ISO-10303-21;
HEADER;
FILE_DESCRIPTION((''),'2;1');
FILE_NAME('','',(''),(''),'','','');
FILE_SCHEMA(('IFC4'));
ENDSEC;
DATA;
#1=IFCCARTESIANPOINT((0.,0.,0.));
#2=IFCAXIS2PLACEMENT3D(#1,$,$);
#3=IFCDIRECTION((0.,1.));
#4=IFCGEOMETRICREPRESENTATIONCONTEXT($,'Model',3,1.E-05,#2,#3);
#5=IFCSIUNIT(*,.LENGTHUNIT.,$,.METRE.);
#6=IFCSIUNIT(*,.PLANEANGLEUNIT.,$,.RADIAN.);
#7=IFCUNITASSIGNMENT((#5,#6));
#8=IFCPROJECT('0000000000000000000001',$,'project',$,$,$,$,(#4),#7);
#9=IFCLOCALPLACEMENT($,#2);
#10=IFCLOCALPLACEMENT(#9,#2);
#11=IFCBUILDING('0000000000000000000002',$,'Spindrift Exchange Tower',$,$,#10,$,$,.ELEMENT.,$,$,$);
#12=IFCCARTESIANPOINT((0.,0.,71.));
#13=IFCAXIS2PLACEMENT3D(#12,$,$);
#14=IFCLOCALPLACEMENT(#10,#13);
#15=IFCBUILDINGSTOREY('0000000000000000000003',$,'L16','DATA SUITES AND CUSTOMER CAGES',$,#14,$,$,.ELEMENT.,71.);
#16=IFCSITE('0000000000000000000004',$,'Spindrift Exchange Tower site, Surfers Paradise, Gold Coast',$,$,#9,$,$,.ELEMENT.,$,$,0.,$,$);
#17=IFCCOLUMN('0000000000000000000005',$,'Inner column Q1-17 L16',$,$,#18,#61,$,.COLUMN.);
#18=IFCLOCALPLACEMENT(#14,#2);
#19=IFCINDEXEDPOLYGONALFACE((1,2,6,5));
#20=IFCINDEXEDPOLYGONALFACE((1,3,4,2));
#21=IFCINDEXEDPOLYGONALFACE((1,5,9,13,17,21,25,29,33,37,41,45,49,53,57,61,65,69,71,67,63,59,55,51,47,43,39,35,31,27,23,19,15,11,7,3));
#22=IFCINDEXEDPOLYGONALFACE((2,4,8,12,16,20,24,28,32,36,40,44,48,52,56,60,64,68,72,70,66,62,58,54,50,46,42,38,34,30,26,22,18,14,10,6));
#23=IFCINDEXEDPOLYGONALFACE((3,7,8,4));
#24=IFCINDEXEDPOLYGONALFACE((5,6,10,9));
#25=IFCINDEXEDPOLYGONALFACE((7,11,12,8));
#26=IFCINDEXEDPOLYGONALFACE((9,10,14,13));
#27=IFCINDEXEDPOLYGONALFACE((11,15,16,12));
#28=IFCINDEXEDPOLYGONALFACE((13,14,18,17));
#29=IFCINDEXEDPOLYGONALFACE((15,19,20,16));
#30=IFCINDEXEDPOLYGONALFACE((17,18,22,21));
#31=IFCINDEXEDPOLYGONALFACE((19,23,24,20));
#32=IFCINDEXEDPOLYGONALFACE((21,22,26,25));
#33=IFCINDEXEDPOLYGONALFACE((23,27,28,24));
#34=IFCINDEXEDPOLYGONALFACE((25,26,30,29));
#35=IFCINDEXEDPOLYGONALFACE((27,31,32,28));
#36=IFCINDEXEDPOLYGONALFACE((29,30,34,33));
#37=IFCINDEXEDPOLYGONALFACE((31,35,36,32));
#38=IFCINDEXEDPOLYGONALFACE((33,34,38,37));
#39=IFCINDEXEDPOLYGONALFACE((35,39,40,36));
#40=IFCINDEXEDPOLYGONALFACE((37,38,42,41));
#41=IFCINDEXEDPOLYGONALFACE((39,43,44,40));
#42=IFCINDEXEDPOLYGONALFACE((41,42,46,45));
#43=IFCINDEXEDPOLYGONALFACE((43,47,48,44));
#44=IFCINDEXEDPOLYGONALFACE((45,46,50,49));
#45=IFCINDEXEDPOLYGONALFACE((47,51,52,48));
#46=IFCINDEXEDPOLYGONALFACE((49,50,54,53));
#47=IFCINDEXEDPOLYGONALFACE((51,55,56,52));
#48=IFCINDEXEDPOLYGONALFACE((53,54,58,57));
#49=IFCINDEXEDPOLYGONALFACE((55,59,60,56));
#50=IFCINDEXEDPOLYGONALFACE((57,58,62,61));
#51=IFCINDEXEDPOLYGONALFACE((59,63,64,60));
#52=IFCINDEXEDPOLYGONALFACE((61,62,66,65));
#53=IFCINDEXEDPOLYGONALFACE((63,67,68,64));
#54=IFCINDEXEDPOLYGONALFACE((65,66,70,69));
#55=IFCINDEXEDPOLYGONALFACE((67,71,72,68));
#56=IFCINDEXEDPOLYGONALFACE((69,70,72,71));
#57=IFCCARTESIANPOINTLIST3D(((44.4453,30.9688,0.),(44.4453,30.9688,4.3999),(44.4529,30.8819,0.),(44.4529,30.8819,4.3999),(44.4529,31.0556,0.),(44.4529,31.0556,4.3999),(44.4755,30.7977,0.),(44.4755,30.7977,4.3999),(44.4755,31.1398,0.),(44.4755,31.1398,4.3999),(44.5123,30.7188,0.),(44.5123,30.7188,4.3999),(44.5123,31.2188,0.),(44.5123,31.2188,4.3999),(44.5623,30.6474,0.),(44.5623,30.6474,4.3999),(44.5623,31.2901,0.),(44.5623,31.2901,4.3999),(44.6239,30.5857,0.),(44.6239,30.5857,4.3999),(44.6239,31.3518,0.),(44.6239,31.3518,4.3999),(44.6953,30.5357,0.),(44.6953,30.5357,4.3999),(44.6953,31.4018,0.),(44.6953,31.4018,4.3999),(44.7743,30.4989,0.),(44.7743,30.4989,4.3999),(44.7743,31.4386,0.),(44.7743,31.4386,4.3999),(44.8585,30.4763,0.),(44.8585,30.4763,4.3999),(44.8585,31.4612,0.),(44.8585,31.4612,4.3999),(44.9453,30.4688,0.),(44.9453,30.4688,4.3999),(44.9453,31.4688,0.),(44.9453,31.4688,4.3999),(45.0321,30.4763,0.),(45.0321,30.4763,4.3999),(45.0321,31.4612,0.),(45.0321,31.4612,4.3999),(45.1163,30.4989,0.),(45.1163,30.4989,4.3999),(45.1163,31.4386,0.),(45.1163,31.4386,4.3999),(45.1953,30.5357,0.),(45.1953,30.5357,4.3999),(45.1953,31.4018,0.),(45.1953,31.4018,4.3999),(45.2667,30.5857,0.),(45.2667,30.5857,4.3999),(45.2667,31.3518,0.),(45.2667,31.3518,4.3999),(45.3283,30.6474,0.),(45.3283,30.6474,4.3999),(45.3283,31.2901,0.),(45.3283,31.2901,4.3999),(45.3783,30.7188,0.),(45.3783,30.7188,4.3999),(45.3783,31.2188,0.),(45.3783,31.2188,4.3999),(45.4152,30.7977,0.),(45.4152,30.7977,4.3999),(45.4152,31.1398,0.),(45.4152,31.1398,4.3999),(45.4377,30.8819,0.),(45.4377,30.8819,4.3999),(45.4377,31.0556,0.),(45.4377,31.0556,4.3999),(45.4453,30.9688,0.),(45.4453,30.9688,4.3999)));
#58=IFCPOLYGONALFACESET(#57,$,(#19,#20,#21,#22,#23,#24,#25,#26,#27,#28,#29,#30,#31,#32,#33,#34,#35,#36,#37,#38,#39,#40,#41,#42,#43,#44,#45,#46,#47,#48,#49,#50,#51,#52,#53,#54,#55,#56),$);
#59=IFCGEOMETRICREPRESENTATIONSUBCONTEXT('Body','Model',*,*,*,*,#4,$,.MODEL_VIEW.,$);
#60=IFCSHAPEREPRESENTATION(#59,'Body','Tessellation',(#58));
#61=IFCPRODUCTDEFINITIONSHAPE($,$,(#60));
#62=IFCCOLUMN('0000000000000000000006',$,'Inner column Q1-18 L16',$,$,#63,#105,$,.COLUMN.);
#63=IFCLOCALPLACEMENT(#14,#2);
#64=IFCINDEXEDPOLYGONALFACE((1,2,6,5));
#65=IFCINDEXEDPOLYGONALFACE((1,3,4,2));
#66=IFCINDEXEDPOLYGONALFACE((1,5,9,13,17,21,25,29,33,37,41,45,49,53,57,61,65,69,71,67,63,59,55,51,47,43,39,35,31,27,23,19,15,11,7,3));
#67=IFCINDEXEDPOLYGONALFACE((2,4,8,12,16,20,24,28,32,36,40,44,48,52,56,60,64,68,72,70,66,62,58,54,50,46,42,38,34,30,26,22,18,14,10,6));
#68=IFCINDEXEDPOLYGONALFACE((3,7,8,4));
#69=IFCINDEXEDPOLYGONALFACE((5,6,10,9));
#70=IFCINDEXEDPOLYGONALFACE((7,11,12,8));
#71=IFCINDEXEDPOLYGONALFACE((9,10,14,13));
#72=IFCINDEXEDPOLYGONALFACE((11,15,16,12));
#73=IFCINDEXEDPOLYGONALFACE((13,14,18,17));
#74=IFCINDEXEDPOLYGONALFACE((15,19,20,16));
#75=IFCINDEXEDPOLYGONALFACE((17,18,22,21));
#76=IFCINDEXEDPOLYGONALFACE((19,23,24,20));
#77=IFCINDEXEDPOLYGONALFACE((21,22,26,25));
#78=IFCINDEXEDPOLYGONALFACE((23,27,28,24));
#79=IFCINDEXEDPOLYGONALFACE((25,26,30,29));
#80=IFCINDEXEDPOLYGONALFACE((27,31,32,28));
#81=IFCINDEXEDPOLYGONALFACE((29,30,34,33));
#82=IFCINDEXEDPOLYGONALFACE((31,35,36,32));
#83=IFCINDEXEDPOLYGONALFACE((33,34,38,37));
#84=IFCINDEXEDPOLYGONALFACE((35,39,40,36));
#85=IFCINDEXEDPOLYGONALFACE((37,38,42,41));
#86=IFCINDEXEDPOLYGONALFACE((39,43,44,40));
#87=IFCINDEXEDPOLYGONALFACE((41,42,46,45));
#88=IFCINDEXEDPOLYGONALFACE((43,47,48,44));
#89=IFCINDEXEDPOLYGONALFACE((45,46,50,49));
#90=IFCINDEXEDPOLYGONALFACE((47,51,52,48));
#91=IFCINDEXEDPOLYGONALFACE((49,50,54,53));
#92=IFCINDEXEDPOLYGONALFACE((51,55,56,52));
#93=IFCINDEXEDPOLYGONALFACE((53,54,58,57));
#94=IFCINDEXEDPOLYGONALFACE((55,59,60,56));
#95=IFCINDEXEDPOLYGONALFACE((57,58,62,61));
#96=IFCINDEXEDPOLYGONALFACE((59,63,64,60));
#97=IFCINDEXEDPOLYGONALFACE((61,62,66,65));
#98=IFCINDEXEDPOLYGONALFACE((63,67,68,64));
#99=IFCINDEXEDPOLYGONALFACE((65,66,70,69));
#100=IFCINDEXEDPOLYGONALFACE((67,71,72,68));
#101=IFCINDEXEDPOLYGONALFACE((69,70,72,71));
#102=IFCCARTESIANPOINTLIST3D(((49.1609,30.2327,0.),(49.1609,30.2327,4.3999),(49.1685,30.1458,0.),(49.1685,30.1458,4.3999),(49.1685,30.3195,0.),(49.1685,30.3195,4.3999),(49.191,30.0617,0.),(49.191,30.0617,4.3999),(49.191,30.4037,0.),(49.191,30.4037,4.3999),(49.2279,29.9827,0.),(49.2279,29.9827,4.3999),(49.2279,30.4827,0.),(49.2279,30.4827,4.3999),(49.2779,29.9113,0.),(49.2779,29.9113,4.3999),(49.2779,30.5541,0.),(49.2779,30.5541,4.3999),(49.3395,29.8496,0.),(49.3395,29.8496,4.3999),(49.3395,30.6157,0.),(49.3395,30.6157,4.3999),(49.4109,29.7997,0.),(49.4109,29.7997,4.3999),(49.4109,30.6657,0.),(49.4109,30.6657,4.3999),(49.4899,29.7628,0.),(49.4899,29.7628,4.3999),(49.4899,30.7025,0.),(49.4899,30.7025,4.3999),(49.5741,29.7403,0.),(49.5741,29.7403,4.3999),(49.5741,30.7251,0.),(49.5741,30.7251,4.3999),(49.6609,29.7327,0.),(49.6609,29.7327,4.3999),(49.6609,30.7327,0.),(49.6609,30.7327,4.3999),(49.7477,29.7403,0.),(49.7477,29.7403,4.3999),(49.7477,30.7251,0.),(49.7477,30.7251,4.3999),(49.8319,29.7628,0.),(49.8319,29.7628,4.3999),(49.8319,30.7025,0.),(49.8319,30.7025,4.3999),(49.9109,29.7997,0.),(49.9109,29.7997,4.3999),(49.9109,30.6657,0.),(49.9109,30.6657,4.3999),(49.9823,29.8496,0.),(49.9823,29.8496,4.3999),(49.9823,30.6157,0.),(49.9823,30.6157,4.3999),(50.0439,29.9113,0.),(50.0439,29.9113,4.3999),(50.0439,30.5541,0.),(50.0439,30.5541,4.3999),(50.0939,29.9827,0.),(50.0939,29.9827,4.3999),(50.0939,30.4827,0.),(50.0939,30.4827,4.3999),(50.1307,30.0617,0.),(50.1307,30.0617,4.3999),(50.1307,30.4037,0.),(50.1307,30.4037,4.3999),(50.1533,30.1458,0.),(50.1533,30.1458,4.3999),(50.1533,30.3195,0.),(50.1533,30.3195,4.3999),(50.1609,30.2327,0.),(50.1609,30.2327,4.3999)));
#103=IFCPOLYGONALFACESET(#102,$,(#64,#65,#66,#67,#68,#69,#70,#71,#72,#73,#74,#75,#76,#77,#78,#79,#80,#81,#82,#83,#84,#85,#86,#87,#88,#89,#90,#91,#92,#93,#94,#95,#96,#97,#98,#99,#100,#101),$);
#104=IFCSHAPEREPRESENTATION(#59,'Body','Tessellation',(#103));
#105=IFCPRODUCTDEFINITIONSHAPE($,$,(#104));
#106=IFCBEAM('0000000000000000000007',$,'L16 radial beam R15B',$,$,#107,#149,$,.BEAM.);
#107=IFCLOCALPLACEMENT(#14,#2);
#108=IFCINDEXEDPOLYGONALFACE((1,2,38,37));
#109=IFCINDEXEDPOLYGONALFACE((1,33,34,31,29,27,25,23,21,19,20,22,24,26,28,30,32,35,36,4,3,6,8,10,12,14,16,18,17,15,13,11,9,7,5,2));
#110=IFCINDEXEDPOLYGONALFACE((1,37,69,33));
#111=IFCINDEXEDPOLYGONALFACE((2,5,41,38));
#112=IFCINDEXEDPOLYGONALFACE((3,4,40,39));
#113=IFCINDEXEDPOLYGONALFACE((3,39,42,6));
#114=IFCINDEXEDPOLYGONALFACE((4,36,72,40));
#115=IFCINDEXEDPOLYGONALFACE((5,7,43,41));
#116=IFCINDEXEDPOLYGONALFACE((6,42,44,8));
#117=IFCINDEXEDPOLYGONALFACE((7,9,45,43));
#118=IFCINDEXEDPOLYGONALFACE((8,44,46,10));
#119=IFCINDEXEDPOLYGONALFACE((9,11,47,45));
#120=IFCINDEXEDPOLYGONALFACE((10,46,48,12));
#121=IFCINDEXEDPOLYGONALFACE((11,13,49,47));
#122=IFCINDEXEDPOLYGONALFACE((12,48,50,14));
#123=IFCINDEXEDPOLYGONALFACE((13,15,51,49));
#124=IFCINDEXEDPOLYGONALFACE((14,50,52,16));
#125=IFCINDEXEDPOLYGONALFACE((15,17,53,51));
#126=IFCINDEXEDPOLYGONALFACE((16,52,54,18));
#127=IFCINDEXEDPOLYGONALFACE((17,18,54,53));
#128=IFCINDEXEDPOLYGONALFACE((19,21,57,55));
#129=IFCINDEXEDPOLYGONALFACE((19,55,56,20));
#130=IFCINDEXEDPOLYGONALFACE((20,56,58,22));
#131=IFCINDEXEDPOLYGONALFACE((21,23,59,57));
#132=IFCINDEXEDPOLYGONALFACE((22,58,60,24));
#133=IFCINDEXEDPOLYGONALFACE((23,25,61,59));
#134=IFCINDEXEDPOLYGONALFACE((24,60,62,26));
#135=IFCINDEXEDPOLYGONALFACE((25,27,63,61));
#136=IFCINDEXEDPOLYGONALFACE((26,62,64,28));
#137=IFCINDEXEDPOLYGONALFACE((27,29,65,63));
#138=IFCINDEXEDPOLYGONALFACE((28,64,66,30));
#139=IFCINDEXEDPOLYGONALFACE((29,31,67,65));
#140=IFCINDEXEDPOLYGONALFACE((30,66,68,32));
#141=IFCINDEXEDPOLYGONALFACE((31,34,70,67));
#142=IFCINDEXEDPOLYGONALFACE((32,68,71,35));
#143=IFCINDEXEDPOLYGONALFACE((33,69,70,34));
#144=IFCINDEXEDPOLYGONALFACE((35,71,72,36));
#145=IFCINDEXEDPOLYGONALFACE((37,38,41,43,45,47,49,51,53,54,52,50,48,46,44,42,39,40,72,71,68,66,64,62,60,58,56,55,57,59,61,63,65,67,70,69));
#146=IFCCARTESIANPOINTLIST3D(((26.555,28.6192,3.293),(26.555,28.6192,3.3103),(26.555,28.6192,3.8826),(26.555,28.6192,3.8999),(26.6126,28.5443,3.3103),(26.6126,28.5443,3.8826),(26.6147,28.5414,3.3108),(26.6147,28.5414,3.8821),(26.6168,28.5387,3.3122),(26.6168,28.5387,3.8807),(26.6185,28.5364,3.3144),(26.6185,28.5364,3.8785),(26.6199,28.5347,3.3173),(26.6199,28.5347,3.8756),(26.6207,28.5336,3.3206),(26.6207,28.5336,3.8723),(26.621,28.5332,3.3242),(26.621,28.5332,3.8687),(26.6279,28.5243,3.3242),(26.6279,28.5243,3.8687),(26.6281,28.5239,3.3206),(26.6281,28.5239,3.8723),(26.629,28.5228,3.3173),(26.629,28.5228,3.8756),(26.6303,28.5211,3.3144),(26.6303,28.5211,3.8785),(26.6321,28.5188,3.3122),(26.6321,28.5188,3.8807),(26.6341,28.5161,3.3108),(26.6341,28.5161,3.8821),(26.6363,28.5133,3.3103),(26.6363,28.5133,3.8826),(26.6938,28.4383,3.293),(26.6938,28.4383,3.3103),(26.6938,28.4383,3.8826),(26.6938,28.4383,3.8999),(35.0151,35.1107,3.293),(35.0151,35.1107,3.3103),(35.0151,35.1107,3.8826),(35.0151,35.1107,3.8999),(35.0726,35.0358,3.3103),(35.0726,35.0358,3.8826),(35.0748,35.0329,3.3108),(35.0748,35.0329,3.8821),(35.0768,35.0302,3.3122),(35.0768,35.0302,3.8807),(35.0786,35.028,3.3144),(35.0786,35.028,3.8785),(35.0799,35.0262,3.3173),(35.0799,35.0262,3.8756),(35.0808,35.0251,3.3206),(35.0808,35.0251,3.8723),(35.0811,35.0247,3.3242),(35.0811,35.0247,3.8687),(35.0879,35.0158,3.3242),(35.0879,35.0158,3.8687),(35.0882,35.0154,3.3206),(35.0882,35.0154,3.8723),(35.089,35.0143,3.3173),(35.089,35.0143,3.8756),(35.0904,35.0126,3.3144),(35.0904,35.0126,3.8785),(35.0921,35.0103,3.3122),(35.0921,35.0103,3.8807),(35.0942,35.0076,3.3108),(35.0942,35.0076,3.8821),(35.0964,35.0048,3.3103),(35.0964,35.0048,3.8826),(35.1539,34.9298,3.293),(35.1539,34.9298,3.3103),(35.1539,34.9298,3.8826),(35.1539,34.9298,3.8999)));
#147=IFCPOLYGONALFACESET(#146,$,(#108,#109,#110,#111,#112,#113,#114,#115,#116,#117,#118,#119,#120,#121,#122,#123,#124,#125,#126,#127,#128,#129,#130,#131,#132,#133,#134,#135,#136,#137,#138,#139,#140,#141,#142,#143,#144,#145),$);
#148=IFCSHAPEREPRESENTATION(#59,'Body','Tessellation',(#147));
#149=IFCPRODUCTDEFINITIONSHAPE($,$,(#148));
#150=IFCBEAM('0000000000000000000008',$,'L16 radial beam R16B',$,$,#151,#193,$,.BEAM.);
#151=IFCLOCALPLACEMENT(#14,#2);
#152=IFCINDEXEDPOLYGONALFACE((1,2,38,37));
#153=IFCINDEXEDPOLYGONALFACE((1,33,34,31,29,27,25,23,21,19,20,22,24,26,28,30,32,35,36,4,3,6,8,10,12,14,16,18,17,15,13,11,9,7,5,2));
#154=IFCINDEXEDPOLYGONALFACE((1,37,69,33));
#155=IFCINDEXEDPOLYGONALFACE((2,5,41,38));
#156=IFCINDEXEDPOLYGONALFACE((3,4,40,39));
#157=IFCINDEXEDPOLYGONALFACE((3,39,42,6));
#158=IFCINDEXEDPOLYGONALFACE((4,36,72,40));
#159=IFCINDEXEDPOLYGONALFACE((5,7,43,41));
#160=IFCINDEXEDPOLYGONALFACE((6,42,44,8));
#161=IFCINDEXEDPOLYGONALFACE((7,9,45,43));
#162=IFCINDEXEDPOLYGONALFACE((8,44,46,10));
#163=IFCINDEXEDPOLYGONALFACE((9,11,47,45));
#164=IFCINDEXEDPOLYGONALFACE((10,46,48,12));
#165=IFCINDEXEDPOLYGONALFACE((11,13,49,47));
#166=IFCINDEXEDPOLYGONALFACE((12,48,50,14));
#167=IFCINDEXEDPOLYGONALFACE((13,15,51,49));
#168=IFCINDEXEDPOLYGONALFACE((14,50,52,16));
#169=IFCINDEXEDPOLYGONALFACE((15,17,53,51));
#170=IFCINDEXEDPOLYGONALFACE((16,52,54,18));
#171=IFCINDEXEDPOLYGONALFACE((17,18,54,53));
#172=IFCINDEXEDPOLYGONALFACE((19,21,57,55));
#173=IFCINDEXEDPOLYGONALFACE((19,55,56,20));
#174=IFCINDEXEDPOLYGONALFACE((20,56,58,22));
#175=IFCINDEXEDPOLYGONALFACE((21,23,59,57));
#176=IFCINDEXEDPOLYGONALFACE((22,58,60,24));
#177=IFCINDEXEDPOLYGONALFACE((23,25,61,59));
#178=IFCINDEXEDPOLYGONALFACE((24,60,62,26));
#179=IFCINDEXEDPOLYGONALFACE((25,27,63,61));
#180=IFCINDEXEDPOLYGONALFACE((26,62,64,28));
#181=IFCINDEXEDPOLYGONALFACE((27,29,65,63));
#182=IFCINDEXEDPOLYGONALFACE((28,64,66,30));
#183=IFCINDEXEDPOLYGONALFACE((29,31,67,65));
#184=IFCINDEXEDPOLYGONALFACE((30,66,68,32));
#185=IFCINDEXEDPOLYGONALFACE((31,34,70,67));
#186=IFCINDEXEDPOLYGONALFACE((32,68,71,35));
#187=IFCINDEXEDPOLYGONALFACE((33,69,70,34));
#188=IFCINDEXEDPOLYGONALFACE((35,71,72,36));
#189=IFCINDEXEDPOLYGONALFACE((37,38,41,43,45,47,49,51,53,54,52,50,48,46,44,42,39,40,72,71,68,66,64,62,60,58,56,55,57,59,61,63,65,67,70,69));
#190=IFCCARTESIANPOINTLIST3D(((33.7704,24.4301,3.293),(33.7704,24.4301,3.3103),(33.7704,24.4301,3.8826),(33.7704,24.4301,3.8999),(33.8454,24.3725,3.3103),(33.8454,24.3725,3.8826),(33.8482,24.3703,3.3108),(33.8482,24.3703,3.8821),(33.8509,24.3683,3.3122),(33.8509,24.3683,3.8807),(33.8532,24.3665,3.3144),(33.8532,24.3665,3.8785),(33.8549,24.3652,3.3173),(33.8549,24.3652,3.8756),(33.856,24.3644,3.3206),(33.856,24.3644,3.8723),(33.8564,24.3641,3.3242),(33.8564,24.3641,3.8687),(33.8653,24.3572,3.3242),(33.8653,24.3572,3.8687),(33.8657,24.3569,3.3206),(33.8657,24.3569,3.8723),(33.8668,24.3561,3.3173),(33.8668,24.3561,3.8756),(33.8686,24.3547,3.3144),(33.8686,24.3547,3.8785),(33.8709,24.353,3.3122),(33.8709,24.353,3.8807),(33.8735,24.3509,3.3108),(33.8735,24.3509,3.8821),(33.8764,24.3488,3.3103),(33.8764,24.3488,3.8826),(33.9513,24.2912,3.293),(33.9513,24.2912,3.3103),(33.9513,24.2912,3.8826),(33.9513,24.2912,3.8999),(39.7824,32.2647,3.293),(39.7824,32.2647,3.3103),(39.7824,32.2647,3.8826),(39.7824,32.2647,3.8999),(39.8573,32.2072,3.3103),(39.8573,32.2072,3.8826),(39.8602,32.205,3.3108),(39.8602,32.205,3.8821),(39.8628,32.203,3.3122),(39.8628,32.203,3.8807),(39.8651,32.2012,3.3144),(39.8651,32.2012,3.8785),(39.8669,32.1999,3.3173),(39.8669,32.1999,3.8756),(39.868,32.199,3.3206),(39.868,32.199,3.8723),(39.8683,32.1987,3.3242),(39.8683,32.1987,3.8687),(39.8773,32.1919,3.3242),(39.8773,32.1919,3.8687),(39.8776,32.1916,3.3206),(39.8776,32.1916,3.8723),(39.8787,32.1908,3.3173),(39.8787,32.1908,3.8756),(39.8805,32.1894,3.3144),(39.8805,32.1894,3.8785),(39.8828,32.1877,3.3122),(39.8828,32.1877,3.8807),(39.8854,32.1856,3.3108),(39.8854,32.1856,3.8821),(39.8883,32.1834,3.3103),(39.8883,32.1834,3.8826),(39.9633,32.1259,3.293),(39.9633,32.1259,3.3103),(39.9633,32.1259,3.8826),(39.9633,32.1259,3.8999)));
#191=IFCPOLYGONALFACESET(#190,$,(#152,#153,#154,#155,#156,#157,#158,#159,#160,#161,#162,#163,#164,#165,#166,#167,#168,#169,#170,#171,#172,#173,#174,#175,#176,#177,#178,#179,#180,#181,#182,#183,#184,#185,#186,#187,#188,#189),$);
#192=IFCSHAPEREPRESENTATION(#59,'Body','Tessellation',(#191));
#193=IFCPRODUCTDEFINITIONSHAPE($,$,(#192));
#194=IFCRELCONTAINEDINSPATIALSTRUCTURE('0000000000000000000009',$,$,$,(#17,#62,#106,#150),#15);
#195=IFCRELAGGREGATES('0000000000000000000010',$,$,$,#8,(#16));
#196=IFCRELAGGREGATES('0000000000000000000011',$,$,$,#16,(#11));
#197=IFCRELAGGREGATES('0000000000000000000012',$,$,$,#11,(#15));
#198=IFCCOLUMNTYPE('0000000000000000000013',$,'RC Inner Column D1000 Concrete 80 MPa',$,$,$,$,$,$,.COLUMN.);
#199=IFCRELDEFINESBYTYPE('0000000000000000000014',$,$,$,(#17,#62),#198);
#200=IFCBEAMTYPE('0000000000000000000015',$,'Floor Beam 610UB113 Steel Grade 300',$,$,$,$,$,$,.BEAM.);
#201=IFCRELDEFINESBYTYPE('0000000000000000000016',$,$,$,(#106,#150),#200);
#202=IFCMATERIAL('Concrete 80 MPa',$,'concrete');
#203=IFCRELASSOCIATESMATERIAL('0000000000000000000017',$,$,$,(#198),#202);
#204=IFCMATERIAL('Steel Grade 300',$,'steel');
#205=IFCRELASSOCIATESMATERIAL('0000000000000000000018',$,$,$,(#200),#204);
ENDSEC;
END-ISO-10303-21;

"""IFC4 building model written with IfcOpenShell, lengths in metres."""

from ifc_helpers import new_model, si_unit, direction, frame, origin, origin_2d, place, context, subcontext, project, spatial, circle, i_section, extrude, source, transform, mapped, material, material_profile, profile_set, type_object, element, save


model = new_model("IFC4")

# Units and contexts
model_context = context("Model", 3, precision=1e-05, world=origin(), true_north=direction((0.0, 1.0)))
body_context = subcontext(model_context, "Body", "Model", "MODEL_VIEW")
ifc_project = project(units=[si_unit("LENGTHUNIT", "METRE"), si_unit("PLANEANGLEUNIT", "RADIAN")], contexts=[model_context])

# Site, building, storey
site_placement = place(None, origin())
site = spatial("IfcSite", under=ifc_project, at=site_placement, Name="Spindrift Exchange Tower site, Surfers Paradise, Gold Coast", CompositionType="ELEMENT", RefElevation=0.0)
building_placement = place(site_placement, origin())
building = spatial("IfcBuilding", under=site, at=building_placement, Name="Spindrift Exchange Tower", CompositionType="ELEMENT")
storey_placement = place(building_placement, frame((0.0, 0.0, 71.0)))
storey = spatial("IfcBuildingStorey", under=building, at=storey_placement, Name="L16", Description="DATA SUITES AND CUSTOMER CAGES", CompositionType="ELEMENT", Elevation=71.0)

# Columns
ifc_material_1 = material(Name="Concrete 80 MPa", Category="concrete")
ifc_material_profile_1 = material_profile(ifc_material_1, circle(Radius=0.5, at=origin_2d()), Name="RC D1000")
ifc_profile_set_1 = profile_set([ifc_material_profile_1], Name="Concrete 80 MPa")
column_type_1 = type_object("IfcColumnType", Name="RC Inner Column D1000 Concrete 80 MPa", PredefinedType="COLUMN", material=ifc_profile_set_1)
shared_shape_1 = source(origin(), body_context, "Body", "SweptSolid", [
    extrude(circle(Radius=0.5, at=origin_2d()), origin(), (0.0, 0.0, 1.0), 4.3999),
])
for number, where, z_axis, x_axis, name in (
    (1, (44.9453, 30.9688, 0.0), (0.0, 0.0, 1.0), (1.0, 0.0, 0.0), "Inner column Q1-17 L16"),
    (2, (49.6609, 30.2327, 0.0), (0.0, 0.0, 1.0), (1.0, 0.0, 0.0), "Inner column Q1-18 L16"),
):
    element("IfcColumn", number, at=place(storey_placement, frame(where, z_axis=z_axis, x_axis=x_axis)), inside=storey, type_object=column_type_1, Name=name, PredefinedType="COLUMN", context=body_context, shape_type="MappedRepresentation", body=[
        mapped(shared_shape_1, transform((0.0, 0.0, 0.0), scale=1.0)),
    ])

# Beams
ifc_material_2 = material(Name="Steel Grade 300", Category="steel")
ifc_material_profile_2 = material_profile(ifc_material_2, i_section(OverallWidth=0.228, OverallDepth=0.6069, WebThickness=0.0112, FlangeThickness=0.0173, FilletRadius=0.0139, at=origin_2d()), Name="610UB113")
ifc_profile_set_2 = profile_set([ifc_material_profile_2], Name="Steel Grade 300")
beam_type_1 = type_object("IfcBeamType", Name="Floor Beam 610UB113 Steel Grade 300", PredefinedType="BEAM", material=ifc_profile_set_2)
shared_shape_2 = source(origin(), body_context, "Body", "SweptSolid", [
    extrude(i_section(OverallWidth=0.228, OverallDepth=0.6069, WebThickness=0.0112, FlangeThickness=0.0173, FilletRadius=0.0139, at=origin_2d()), origin(), (0.0, 0.0, 1.0), 10.6636),
])
beam_1_placement = place(storey_placement, frame((35.0845, 35.0203, 3.5964), z_axis=(-0.793358, -0.608755, 0.0), x_axis=(0.608755, -0.793358, 0.0)))
element("IfcBeam", 3, at=beam_1_placement, inside=storey, type_object=beam_type_1, Name="L16 radial beam R15B", PredefinedType="BEAM", context=body_context, shape_type="MappedRepresentation", body=[
    mapped(shared_shape_2, transform((0.0, 0.0, 0.0), scale=1.0)),
])
shared_shape_3 = source(origin(), body_context, "Body", "SweptSolid", [
    extrude(i_section(OverallWidth=0.228, OverallDepth=0.6069, WebThickness=0.0112, FlangeThickness=0.0173, FilletRadius=0.0139, at=origin_2d()), origin(), (0.0, 0.0, 1.0), 9.8755),
])
beam_2_placement = place(storey_placement, frame((39.8728, 32.1953, 3.5964), z_axis=(-0.608772, -0.793345, 0.0), x_axis=(0.793345, -0.608772, 0.0)))
element("IfcBeam", 4, at=beam_2_placement, inside=storey, type_object=beam_type_1, Name="L16 radial beam R16B", PredefinedType="BEAM", context=body_context, shape_type="MappedRepresentation", body=[
    mapped(shared_shape_3, transform((0.0, 0.0, 0.0), scale=1.0)),
])

save(model, "model.ifc")
